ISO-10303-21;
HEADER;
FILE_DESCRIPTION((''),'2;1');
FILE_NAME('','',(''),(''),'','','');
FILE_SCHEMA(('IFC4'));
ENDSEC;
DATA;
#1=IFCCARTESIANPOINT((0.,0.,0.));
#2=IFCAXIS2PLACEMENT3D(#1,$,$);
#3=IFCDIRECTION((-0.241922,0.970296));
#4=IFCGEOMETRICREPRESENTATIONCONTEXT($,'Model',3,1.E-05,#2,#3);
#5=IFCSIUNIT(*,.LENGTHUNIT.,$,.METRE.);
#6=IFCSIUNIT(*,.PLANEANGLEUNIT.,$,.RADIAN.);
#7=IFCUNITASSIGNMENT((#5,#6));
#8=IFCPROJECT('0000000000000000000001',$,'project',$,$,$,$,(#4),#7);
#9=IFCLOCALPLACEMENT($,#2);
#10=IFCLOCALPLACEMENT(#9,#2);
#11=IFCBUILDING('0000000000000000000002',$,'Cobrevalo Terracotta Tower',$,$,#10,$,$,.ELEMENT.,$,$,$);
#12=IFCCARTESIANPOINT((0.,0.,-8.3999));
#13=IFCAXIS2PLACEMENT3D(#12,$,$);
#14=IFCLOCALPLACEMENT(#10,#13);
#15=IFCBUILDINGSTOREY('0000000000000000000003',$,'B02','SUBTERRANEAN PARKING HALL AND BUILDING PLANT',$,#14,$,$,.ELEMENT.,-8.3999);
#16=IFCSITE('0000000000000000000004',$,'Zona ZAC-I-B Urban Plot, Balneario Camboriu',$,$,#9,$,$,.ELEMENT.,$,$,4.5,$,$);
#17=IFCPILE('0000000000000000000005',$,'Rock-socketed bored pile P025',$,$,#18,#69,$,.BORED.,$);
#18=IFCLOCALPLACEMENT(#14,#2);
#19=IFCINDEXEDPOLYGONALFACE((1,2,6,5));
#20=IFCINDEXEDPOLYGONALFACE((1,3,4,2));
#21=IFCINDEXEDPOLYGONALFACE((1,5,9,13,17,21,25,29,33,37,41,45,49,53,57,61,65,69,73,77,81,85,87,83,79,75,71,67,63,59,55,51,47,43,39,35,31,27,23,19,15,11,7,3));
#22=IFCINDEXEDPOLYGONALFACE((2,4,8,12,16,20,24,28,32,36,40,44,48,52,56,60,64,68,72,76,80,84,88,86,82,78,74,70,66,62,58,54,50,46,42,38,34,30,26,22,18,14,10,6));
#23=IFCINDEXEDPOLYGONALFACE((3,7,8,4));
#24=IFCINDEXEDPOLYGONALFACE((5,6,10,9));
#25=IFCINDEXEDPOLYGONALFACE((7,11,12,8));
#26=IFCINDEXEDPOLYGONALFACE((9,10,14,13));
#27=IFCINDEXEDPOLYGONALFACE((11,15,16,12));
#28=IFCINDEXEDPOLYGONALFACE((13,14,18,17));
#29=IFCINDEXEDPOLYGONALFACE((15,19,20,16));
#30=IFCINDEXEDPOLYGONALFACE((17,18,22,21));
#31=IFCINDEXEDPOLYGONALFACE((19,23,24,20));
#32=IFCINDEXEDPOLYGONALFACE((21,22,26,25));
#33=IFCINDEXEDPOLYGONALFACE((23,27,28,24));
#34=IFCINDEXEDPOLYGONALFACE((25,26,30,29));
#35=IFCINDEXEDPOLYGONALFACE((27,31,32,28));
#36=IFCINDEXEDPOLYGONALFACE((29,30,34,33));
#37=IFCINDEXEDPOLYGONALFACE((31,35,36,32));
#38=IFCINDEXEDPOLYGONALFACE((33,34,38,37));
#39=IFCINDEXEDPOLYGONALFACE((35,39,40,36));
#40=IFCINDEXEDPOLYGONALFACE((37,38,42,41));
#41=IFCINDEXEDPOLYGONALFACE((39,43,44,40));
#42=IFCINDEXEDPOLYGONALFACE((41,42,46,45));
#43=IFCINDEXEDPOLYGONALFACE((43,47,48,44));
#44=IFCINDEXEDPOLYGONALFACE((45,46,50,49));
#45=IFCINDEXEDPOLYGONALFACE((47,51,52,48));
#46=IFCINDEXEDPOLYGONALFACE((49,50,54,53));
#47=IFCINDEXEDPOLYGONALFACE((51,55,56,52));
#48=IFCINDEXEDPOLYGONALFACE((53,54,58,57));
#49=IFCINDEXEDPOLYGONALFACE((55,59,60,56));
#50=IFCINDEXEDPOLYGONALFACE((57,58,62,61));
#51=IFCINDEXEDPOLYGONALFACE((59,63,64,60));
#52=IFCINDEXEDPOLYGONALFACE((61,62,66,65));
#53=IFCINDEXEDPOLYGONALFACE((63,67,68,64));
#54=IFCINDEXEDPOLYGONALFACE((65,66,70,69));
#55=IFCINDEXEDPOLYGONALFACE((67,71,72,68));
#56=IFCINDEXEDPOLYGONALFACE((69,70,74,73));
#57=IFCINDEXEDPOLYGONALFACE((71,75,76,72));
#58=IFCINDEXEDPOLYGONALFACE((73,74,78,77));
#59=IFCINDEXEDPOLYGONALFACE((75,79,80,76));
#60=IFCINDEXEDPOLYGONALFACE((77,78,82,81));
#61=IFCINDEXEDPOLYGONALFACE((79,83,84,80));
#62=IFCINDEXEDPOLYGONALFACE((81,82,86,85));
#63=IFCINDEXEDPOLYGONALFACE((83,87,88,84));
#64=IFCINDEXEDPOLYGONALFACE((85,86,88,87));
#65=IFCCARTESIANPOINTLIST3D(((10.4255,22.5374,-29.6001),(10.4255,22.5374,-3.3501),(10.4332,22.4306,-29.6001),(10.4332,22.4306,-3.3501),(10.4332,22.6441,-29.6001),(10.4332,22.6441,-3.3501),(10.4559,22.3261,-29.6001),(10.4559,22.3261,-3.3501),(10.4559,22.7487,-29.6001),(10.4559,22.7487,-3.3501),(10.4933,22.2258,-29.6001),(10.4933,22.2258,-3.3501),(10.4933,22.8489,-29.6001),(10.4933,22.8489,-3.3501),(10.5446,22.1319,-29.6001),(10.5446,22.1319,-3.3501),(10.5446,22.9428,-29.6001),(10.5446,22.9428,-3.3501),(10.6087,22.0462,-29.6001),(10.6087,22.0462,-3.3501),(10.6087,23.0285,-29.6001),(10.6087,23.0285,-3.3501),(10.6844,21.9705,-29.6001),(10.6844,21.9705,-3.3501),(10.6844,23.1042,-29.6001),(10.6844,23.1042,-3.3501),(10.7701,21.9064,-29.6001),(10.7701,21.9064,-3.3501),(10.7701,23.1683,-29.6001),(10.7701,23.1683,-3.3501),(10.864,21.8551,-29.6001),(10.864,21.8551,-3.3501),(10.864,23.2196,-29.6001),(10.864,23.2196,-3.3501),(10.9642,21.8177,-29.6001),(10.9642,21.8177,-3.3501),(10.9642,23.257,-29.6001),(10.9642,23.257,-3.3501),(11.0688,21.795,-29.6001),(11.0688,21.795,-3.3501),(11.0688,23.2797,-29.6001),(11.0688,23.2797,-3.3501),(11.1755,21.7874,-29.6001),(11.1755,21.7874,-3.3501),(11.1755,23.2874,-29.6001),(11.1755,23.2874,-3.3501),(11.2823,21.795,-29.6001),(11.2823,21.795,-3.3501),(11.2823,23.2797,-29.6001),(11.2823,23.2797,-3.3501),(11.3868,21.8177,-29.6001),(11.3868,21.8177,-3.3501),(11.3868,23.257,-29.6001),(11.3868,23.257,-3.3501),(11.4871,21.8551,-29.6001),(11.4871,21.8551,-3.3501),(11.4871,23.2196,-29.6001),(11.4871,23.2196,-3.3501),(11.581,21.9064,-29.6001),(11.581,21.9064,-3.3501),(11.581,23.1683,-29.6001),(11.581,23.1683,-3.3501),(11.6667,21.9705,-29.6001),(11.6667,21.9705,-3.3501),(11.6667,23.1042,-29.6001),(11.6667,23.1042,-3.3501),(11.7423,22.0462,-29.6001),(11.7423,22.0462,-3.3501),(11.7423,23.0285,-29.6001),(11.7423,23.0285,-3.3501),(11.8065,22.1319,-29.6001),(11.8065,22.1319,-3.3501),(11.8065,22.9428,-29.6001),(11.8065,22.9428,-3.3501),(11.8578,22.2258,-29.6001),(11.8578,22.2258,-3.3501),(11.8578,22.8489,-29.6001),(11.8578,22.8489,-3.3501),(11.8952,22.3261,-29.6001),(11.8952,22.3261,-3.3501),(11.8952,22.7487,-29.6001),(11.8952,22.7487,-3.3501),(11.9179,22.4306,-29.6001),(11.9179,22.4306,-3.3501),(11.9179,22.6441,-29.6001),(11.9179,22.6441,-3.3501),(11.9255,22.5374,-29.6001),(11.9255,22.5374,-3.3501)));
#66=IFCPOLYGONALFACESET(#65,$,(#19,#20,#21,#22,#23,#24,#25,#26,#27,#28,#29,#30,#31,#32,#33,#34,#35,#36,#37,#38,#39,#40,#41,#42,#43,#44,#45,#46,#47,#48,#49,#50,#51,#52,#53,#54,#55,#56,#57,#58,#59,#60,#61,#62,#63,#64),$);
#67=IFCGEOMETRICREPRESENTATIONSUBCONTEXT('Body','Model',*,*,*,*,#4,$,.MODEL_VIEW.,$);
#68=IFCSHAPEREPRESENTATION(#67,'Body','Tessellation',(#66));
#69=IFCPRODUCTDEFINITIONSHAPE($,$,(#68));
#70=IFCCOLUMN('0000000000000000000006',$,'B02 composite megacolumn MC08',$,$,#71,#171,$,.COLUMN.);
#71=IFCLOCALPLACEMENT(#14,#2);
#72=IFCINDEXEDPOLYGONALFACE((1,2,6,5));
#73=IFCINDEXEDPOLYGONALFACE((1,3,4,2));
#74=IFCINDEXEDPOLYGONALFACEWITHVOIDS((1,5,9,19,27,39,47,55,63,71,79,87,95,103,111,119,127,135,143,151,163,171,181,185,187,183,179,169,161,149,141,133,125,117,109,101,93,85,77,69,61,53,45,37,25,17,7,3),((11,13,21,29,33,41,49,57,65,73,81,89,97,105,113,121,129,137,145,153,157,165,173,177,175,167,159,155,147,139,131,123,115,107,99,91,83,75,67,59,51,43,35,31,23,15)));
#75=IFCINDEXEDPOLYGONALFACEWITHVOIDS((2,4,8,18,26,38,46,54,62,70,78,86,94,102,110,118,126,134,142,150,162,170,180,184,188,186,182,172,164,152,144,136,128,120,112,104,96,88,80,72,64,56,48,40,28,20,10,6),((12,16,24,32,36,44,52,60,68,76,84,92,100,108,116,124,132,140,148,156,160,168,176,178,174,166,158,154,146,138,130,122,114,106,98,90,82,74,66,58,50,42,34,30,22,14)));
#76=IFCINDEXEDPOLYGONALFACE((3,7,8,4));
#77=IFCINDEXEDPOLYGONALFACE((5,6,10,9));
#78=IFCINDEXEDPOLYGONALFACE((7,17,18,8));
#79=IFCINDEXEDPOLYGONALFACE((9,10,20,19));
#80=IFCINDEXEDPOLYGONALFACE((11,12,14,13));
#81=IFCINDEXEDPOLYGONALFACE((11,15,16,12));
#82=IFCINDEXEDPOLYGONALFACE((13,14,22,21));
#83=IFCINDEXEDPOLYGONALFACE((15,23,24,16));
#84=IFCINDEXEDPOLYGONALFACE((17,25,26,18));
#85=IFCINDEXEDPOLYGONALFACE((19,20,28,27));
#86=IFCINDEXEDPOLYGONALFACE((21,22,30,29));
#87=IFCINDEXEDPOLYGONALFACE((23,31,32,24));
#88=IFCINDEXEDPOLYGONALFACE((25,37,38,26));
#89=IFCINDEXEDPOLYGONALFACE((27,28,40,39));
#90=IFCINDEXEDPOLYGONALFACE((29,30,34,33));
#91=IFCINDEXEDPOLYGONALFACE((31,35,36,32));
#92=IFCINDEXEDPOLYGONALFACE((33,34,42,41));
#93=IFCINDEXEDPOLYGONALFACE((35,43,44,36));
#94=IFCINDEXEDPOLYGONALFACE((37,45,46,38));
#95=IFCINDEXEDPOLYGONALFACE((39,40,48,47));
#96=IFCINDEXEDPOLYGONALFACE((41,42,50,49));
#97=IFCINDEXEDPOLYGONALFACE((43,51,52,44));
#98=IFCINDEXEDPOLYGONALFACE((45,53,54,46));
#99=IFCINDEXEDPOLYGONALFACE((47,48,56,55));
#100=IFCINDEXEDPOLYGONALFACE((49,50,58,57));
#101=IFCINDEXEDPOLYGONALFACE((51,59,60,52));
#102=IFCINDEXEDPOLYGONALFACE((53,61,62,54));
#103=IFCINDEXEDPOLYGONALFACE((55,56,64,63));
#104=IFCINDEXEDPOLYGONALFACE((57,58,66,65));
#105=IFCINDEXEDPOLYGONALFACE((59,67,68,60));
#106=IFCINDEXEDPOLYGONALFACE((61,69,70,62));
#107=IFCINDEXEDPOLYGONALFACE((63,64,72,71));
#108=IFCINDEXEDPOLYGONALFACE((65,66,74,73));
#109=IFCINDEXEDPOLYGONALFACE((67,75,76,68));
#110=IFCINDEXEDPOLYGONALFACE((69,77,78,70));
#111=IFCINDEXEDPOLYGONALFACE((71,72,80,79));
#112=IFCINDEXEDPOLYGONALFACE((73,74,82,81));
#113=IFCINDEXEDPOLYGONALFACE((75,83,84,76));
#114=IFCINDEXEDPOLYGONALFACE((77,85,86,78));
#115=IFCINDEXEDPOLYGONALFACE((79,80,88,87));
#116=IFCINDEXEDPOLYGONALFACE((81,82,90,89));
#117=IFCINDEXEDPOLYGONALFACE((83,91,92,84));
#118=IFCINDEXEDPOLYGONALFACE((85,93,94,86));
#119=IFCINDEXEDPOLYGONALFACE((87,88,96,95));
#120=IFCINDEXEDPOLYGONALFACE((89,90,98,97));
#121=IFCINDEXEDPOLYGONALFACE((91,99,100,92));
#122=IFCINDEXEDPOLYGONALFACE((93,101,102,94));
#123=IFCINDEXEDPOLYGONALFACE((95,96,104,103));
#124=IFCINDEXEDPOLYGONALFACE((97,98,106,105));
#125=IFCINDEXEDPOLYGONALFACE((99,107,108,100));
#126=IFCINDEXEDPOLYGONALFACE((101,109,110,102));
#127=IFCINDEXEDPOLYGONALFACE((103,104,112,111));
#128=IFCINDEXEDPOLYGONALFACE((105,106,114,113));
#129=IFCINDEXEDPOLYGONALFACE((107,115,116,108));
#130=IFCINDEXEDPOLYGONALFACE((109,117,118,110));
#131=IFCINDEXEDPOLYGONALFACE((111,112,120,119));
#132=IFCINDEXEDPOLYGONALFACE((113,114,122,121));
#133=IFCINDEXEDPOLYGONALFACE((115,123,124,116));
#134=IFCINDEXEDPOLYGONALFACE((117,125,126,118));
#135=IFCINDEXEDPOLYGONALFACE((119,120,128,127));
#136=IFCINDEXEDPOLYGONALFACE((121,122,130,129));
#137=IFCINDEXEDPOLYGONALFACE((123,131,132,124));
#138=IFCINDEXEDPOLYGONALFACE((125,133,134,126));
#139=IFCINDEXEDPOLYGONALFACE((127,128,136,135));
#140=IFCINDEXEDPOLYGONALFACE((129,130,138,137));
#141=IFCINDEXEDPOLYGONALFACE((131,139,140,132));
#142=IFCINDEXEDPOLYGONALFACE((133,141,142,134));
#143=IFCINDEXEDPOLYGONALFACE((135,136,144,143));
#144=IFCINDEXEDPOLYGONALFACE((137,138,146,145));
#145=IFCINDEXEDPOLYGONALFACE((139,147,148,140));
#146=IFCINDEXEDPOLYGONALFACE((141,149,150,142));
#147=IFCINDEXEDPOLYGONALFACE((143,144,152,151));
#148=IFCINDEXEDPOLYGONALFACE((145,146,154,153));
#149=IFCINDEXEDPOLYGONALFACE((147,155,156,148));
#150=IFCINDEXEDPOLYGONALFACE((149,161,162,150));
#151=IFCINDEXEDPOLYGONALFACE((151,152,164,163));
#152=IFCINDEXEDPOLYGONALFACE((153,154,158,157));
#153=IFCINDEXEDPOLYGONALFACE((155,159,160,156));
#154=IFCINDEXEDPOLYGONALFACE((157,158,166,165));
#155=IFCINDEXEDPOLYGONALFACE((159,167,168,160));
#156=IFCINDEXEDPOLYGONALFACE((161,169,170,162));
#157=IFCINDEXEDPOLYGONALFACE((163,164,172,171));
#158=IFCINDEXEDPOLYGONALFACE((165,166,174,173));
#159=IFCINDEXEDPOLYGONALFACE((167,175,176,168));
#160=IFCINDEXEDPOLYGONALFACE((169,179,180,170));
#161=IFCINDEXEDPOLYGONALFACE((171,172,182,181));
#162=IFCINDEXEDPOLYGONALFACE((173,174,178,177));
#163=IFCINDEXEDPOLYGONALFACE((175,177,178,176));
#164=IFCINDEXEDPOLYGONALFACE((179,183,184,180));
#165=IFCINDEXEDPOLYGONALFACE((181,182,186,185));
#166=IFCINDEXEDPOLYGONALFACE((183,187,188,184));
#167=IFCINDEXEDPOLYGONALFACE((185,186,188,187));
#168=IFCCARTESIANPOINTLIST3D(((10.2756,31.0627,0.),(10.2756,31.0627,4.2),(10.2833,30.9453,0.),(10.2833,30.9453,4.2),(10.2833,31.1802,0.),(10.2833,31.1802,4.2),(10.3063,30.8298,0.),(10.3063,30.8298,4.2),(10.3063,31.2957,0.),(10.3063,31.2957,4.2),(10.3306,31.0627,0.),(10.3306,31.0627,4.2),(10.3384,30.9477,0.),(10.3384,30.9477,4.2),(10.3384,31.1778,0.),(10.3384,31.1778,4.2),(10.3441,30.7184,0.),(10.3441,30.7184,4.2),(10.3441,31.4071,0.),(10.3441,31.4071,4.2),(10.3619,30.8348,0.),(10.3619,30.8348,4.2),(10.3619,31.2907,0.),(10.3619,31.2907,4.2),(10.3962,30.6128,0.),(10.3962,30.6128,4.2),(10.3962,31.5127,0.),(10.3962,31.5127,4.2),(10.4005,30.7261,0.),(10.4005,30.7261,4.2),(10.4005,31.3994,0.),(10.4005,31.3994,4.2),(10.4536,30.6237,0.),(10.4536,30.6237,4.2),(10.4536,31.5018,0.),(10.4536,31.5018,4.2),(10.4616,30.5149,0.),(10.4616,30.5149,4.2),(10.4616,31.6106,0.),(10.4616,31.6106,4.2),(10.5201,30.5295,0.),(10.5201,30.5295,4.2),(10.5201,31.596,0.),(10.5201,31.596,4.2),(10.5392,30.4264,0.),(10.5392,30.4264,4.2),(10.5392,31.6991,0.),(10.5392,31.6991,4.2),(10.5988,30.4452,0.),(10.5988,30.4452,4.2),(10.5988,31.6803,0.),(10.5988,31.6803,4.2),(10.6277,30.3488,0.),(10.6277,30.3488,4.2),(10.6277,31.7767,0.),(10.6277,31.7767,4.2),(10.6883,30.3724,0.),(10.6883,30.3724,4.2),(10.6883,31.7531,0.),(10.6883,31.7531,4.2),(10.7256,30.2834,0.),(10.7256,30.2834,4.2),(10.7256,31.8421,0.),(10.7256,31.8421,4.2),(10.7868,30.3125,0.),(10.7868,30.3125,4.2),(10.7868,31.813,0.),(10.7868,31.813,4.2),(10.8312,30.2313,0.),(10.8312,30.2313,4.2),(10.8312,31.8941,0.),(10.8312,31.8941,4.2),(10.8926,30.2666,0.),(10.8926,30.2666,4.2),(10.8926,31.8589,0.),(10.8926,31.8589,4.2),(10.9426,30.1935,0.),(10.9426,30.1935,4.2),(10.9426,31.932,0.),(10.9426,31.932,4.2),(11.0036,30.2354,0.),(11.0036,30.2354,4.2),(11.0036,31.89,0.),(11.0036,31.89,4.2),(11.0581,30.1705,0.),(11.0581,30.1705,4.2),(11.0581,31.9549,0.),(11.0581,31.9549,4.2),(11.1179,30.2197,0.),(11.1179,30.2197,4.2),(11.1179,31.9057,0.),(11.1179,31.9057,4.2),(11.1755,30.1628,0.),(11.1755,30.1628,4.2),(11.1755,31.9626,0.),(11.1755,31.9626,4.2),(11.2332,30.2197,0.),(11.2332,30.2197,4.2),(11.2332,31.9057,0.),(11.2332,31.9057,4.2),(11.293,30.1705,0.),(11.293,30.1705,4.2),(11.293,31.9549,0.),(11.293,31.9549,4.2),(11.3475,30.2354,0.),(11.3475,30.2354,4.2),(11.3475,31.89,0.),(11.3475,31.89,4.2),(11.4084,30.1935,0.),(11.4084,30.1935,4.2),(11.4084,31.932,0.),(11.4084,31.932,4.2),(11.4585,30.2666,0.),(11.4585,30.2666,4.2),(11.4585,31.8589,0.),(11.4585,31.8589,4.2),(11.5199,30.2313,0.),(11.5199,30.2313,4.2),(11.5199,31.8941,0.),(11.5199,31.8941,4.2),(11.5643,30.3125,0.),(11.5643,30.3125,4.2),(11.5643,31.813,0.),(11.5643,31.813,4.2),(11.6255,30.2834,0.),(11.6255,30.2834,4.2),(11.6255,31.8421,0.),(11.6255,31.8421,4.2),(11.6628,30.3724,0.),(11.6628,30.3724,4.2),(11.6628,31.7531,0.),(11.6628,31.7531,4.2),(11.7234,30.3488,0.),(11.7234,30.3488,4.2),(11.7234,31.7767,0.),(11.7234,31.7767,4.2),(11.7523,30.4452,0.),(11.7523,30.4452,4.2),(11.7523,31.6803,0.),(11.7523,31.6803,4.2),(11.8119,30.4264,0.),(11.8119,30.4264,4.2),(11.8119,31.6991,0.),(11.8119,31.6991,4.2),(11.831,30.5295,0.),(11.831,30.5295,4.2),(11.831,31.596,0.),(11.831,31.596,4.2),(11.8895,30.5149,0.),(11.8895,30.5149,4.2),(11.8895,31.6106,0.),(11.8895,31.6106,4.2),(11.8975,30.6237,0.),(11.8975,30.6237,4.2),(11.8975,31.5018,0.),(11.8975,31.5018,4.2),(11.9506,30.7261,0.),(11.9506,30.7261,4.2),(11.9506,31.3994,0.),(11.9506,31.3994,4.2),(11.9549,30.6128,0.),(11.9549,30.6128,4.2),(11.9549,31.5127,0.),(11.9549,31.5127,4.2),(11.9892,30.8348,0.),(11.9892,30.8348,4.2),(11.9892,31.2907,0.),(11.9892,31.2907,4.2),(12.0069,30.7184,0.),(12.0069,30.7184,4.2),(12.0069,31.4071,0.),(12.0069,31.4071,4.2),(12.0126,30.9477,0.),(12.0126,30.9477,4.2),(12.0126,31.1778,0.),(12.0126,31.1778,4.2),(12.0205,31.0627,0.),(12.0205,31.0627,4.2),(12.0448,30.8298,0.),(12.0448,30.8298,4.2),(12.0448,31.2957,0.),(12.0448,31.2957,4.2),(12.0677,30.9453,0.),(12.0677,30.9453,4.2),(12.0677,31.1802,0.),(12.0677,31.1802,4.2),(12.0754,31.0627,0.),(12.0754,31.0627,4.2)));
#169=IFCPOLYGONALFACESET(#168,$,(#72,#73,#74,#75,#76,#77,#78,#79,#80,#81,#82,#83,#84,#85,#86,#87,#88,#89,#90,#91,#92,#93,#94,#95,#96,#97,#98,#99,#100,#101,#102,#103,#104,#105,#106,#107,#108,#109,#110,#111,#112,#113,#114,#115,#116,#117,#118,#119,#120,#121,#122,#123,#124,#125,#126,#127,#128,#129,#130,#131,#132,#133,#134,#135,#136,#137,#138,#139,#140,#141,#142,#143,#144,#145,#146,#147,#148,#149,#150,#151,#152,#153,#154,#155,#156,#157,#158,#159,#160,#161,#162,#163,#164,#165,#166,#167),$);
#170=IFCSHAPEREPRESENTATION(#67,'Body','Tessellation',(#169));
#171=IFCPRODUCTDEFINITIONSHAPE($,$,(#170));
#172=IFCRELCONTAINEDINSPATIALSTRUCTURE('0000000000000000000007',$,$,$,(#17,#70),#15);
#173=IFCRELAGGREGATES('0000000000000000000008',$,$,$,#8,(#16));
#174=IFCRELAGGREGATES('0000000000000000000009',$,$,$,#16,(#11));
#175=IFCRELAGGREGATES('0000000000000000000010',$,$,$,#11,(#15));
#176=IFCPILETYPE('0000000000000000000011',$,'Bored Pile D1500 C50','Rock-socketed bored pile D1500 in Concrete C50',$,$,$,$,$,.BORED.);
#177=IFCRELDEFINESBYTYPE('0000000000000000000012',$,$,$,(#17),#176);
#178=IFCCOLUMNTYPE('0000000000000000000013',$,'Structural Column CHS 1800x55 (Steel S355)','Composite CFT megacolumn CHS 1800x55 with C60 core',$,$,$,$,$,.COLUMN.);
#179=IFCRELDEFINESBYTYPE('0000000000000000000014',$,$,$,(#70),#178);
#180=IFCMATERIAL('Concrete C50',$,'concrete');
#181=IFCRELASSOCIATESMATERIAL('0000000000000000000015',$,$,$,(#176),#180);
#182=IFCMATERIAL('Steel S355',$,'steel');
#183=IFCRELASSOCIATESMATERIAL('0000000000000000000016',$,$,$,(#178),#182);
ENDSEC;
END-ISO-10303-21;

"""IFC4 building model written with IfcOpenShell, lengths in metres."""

from ifc_helpers import new_model, si_unit, direction, frame, origin, origin_2d, place, context, subcontext, project, spatial, circle, hollow_circle, extrude, material, material_profile, profile_set, type_object, element, save


model = new_model("IFC4")

# Units and contexts
model_context = context("Model", 3, precision=1e-05, world=origin(), true_north=direction((-0.241922, 0.970296)))
body_context = subcontext(model_context, "Body", "Model", "MODEL_VIEW")
ifc_project = project(units=[si_unit("LENGTHUNIT", "METRE"), si_unit("PLANEANGLEUNIT", "RADIAN")], contexts=[model_context])

# Site, building, storey
site_placement = place(None, origin())
site = spatial("IfcSite", under=ifc_project, at=site_placement, Name="Zona ZAC-I-B Urban Plot, Balneario Camboriu", CompositionType="ELEMENT", RefElevation=4.5)
building_placement = place(site_placement, origin())
building = spatial("IfcBuilding", under=site, at=building_placement, Name="Cobrevalo Terracotta Tower", CompositionType="ELEMENT")
storey_placement = place(building_placement, frame((0.0, 0.0, -8.3999)))
storey = spatial("IfcBuildingStorey", under=building, at=storey_placement, Name="B02", Description="SUBTERRANEAN PARKING HALL AND BUILDING PLANT", CompositionType="ELEMENT", Elevation=-8.3999)

# Pile
ifc_material_1 = material(Name="Concrete C50", Category="concrete")
ifc_material_profile_1 = material_profile(ifc_material_1, circle(Radius=0.75, at=origin_2d()), Name="PILE D1500")
ifc_profile_set_1 = profile_set([ifc_material_profile_1], Name="Concrete C50")
pile_type_1 = type_object("IfcPileType", Name="Bored Pile D1500 C50", Description="Rock-socketed bored pile D1500 in Concrete C50", PredefinedType="BORED", material=ifc_profile_set_1)
for number, where, z_axis, x_axis, name in (
    (1, (11.1755, 22.5374, -3.3501), (0.0, 0.0, -1.0), (1.0, 0.0, 0.0), "Rock-socketed bored pile P025"),
):
    element("IfcPile", number, at=place(storey_placement, frame(where, z_axis=z_axis, x_axis=x_axis)), inside=storey, type_object=pile_type_1, Name=name, PredefinedType="BORED", context=body_context, shape_type="SweptSolid", body=[
        extrude(circle(Radius=0.75, at=origin_2d()), origin(), (0.0, 0.0, 1.0), 26.25),
    ])

# Column
ifc_material_2 = material(Name="Steel S355", Category="steel")
ifc_material_profile_2 = material_profile(ifc_material_2, hollow_circle(Radius=0.8999, WallThickness=0.0549, at=origin_2d()), Name="CHS 1800x55")
ifc_profile_set_2 = profile_set([ifc_material_profile_2], Name="Steel S355")
column_type_1 = type_object("IfcColumnType", Name="Structural Column CHS 1800x55 (Steel S355)", Description="Composite CFT megacolumn CHS 1800x55 with C60 core", PredefinedType="COLUMN", material=ifc_profile_set_2)
for number, where, z_axis, x_axis, name in (
    (2, (11.1755, 31.0627, 0.0), (0.0, 0.0, 1.0), (1.0, 0.0, 0.0), "B02 composite megacolumn MC08"),
):
    element("IfcColumn", number, at=place(storey_placement, frame(where, z_axis=z_axis, x_axis=x_axis)), inside=storey, type_object=column_type_1, Name=name, PredefinedType="COLUMN", context=body_context, shape_type="SweptSolid", body=[
        extrude(hollow_circle(Radius=0.8999, WallThickness=0.0549, at=origin_2d()), origin(), (0.0, 0.0, 1.0), 4.2),
    ])

save(model, "model.ifc")
